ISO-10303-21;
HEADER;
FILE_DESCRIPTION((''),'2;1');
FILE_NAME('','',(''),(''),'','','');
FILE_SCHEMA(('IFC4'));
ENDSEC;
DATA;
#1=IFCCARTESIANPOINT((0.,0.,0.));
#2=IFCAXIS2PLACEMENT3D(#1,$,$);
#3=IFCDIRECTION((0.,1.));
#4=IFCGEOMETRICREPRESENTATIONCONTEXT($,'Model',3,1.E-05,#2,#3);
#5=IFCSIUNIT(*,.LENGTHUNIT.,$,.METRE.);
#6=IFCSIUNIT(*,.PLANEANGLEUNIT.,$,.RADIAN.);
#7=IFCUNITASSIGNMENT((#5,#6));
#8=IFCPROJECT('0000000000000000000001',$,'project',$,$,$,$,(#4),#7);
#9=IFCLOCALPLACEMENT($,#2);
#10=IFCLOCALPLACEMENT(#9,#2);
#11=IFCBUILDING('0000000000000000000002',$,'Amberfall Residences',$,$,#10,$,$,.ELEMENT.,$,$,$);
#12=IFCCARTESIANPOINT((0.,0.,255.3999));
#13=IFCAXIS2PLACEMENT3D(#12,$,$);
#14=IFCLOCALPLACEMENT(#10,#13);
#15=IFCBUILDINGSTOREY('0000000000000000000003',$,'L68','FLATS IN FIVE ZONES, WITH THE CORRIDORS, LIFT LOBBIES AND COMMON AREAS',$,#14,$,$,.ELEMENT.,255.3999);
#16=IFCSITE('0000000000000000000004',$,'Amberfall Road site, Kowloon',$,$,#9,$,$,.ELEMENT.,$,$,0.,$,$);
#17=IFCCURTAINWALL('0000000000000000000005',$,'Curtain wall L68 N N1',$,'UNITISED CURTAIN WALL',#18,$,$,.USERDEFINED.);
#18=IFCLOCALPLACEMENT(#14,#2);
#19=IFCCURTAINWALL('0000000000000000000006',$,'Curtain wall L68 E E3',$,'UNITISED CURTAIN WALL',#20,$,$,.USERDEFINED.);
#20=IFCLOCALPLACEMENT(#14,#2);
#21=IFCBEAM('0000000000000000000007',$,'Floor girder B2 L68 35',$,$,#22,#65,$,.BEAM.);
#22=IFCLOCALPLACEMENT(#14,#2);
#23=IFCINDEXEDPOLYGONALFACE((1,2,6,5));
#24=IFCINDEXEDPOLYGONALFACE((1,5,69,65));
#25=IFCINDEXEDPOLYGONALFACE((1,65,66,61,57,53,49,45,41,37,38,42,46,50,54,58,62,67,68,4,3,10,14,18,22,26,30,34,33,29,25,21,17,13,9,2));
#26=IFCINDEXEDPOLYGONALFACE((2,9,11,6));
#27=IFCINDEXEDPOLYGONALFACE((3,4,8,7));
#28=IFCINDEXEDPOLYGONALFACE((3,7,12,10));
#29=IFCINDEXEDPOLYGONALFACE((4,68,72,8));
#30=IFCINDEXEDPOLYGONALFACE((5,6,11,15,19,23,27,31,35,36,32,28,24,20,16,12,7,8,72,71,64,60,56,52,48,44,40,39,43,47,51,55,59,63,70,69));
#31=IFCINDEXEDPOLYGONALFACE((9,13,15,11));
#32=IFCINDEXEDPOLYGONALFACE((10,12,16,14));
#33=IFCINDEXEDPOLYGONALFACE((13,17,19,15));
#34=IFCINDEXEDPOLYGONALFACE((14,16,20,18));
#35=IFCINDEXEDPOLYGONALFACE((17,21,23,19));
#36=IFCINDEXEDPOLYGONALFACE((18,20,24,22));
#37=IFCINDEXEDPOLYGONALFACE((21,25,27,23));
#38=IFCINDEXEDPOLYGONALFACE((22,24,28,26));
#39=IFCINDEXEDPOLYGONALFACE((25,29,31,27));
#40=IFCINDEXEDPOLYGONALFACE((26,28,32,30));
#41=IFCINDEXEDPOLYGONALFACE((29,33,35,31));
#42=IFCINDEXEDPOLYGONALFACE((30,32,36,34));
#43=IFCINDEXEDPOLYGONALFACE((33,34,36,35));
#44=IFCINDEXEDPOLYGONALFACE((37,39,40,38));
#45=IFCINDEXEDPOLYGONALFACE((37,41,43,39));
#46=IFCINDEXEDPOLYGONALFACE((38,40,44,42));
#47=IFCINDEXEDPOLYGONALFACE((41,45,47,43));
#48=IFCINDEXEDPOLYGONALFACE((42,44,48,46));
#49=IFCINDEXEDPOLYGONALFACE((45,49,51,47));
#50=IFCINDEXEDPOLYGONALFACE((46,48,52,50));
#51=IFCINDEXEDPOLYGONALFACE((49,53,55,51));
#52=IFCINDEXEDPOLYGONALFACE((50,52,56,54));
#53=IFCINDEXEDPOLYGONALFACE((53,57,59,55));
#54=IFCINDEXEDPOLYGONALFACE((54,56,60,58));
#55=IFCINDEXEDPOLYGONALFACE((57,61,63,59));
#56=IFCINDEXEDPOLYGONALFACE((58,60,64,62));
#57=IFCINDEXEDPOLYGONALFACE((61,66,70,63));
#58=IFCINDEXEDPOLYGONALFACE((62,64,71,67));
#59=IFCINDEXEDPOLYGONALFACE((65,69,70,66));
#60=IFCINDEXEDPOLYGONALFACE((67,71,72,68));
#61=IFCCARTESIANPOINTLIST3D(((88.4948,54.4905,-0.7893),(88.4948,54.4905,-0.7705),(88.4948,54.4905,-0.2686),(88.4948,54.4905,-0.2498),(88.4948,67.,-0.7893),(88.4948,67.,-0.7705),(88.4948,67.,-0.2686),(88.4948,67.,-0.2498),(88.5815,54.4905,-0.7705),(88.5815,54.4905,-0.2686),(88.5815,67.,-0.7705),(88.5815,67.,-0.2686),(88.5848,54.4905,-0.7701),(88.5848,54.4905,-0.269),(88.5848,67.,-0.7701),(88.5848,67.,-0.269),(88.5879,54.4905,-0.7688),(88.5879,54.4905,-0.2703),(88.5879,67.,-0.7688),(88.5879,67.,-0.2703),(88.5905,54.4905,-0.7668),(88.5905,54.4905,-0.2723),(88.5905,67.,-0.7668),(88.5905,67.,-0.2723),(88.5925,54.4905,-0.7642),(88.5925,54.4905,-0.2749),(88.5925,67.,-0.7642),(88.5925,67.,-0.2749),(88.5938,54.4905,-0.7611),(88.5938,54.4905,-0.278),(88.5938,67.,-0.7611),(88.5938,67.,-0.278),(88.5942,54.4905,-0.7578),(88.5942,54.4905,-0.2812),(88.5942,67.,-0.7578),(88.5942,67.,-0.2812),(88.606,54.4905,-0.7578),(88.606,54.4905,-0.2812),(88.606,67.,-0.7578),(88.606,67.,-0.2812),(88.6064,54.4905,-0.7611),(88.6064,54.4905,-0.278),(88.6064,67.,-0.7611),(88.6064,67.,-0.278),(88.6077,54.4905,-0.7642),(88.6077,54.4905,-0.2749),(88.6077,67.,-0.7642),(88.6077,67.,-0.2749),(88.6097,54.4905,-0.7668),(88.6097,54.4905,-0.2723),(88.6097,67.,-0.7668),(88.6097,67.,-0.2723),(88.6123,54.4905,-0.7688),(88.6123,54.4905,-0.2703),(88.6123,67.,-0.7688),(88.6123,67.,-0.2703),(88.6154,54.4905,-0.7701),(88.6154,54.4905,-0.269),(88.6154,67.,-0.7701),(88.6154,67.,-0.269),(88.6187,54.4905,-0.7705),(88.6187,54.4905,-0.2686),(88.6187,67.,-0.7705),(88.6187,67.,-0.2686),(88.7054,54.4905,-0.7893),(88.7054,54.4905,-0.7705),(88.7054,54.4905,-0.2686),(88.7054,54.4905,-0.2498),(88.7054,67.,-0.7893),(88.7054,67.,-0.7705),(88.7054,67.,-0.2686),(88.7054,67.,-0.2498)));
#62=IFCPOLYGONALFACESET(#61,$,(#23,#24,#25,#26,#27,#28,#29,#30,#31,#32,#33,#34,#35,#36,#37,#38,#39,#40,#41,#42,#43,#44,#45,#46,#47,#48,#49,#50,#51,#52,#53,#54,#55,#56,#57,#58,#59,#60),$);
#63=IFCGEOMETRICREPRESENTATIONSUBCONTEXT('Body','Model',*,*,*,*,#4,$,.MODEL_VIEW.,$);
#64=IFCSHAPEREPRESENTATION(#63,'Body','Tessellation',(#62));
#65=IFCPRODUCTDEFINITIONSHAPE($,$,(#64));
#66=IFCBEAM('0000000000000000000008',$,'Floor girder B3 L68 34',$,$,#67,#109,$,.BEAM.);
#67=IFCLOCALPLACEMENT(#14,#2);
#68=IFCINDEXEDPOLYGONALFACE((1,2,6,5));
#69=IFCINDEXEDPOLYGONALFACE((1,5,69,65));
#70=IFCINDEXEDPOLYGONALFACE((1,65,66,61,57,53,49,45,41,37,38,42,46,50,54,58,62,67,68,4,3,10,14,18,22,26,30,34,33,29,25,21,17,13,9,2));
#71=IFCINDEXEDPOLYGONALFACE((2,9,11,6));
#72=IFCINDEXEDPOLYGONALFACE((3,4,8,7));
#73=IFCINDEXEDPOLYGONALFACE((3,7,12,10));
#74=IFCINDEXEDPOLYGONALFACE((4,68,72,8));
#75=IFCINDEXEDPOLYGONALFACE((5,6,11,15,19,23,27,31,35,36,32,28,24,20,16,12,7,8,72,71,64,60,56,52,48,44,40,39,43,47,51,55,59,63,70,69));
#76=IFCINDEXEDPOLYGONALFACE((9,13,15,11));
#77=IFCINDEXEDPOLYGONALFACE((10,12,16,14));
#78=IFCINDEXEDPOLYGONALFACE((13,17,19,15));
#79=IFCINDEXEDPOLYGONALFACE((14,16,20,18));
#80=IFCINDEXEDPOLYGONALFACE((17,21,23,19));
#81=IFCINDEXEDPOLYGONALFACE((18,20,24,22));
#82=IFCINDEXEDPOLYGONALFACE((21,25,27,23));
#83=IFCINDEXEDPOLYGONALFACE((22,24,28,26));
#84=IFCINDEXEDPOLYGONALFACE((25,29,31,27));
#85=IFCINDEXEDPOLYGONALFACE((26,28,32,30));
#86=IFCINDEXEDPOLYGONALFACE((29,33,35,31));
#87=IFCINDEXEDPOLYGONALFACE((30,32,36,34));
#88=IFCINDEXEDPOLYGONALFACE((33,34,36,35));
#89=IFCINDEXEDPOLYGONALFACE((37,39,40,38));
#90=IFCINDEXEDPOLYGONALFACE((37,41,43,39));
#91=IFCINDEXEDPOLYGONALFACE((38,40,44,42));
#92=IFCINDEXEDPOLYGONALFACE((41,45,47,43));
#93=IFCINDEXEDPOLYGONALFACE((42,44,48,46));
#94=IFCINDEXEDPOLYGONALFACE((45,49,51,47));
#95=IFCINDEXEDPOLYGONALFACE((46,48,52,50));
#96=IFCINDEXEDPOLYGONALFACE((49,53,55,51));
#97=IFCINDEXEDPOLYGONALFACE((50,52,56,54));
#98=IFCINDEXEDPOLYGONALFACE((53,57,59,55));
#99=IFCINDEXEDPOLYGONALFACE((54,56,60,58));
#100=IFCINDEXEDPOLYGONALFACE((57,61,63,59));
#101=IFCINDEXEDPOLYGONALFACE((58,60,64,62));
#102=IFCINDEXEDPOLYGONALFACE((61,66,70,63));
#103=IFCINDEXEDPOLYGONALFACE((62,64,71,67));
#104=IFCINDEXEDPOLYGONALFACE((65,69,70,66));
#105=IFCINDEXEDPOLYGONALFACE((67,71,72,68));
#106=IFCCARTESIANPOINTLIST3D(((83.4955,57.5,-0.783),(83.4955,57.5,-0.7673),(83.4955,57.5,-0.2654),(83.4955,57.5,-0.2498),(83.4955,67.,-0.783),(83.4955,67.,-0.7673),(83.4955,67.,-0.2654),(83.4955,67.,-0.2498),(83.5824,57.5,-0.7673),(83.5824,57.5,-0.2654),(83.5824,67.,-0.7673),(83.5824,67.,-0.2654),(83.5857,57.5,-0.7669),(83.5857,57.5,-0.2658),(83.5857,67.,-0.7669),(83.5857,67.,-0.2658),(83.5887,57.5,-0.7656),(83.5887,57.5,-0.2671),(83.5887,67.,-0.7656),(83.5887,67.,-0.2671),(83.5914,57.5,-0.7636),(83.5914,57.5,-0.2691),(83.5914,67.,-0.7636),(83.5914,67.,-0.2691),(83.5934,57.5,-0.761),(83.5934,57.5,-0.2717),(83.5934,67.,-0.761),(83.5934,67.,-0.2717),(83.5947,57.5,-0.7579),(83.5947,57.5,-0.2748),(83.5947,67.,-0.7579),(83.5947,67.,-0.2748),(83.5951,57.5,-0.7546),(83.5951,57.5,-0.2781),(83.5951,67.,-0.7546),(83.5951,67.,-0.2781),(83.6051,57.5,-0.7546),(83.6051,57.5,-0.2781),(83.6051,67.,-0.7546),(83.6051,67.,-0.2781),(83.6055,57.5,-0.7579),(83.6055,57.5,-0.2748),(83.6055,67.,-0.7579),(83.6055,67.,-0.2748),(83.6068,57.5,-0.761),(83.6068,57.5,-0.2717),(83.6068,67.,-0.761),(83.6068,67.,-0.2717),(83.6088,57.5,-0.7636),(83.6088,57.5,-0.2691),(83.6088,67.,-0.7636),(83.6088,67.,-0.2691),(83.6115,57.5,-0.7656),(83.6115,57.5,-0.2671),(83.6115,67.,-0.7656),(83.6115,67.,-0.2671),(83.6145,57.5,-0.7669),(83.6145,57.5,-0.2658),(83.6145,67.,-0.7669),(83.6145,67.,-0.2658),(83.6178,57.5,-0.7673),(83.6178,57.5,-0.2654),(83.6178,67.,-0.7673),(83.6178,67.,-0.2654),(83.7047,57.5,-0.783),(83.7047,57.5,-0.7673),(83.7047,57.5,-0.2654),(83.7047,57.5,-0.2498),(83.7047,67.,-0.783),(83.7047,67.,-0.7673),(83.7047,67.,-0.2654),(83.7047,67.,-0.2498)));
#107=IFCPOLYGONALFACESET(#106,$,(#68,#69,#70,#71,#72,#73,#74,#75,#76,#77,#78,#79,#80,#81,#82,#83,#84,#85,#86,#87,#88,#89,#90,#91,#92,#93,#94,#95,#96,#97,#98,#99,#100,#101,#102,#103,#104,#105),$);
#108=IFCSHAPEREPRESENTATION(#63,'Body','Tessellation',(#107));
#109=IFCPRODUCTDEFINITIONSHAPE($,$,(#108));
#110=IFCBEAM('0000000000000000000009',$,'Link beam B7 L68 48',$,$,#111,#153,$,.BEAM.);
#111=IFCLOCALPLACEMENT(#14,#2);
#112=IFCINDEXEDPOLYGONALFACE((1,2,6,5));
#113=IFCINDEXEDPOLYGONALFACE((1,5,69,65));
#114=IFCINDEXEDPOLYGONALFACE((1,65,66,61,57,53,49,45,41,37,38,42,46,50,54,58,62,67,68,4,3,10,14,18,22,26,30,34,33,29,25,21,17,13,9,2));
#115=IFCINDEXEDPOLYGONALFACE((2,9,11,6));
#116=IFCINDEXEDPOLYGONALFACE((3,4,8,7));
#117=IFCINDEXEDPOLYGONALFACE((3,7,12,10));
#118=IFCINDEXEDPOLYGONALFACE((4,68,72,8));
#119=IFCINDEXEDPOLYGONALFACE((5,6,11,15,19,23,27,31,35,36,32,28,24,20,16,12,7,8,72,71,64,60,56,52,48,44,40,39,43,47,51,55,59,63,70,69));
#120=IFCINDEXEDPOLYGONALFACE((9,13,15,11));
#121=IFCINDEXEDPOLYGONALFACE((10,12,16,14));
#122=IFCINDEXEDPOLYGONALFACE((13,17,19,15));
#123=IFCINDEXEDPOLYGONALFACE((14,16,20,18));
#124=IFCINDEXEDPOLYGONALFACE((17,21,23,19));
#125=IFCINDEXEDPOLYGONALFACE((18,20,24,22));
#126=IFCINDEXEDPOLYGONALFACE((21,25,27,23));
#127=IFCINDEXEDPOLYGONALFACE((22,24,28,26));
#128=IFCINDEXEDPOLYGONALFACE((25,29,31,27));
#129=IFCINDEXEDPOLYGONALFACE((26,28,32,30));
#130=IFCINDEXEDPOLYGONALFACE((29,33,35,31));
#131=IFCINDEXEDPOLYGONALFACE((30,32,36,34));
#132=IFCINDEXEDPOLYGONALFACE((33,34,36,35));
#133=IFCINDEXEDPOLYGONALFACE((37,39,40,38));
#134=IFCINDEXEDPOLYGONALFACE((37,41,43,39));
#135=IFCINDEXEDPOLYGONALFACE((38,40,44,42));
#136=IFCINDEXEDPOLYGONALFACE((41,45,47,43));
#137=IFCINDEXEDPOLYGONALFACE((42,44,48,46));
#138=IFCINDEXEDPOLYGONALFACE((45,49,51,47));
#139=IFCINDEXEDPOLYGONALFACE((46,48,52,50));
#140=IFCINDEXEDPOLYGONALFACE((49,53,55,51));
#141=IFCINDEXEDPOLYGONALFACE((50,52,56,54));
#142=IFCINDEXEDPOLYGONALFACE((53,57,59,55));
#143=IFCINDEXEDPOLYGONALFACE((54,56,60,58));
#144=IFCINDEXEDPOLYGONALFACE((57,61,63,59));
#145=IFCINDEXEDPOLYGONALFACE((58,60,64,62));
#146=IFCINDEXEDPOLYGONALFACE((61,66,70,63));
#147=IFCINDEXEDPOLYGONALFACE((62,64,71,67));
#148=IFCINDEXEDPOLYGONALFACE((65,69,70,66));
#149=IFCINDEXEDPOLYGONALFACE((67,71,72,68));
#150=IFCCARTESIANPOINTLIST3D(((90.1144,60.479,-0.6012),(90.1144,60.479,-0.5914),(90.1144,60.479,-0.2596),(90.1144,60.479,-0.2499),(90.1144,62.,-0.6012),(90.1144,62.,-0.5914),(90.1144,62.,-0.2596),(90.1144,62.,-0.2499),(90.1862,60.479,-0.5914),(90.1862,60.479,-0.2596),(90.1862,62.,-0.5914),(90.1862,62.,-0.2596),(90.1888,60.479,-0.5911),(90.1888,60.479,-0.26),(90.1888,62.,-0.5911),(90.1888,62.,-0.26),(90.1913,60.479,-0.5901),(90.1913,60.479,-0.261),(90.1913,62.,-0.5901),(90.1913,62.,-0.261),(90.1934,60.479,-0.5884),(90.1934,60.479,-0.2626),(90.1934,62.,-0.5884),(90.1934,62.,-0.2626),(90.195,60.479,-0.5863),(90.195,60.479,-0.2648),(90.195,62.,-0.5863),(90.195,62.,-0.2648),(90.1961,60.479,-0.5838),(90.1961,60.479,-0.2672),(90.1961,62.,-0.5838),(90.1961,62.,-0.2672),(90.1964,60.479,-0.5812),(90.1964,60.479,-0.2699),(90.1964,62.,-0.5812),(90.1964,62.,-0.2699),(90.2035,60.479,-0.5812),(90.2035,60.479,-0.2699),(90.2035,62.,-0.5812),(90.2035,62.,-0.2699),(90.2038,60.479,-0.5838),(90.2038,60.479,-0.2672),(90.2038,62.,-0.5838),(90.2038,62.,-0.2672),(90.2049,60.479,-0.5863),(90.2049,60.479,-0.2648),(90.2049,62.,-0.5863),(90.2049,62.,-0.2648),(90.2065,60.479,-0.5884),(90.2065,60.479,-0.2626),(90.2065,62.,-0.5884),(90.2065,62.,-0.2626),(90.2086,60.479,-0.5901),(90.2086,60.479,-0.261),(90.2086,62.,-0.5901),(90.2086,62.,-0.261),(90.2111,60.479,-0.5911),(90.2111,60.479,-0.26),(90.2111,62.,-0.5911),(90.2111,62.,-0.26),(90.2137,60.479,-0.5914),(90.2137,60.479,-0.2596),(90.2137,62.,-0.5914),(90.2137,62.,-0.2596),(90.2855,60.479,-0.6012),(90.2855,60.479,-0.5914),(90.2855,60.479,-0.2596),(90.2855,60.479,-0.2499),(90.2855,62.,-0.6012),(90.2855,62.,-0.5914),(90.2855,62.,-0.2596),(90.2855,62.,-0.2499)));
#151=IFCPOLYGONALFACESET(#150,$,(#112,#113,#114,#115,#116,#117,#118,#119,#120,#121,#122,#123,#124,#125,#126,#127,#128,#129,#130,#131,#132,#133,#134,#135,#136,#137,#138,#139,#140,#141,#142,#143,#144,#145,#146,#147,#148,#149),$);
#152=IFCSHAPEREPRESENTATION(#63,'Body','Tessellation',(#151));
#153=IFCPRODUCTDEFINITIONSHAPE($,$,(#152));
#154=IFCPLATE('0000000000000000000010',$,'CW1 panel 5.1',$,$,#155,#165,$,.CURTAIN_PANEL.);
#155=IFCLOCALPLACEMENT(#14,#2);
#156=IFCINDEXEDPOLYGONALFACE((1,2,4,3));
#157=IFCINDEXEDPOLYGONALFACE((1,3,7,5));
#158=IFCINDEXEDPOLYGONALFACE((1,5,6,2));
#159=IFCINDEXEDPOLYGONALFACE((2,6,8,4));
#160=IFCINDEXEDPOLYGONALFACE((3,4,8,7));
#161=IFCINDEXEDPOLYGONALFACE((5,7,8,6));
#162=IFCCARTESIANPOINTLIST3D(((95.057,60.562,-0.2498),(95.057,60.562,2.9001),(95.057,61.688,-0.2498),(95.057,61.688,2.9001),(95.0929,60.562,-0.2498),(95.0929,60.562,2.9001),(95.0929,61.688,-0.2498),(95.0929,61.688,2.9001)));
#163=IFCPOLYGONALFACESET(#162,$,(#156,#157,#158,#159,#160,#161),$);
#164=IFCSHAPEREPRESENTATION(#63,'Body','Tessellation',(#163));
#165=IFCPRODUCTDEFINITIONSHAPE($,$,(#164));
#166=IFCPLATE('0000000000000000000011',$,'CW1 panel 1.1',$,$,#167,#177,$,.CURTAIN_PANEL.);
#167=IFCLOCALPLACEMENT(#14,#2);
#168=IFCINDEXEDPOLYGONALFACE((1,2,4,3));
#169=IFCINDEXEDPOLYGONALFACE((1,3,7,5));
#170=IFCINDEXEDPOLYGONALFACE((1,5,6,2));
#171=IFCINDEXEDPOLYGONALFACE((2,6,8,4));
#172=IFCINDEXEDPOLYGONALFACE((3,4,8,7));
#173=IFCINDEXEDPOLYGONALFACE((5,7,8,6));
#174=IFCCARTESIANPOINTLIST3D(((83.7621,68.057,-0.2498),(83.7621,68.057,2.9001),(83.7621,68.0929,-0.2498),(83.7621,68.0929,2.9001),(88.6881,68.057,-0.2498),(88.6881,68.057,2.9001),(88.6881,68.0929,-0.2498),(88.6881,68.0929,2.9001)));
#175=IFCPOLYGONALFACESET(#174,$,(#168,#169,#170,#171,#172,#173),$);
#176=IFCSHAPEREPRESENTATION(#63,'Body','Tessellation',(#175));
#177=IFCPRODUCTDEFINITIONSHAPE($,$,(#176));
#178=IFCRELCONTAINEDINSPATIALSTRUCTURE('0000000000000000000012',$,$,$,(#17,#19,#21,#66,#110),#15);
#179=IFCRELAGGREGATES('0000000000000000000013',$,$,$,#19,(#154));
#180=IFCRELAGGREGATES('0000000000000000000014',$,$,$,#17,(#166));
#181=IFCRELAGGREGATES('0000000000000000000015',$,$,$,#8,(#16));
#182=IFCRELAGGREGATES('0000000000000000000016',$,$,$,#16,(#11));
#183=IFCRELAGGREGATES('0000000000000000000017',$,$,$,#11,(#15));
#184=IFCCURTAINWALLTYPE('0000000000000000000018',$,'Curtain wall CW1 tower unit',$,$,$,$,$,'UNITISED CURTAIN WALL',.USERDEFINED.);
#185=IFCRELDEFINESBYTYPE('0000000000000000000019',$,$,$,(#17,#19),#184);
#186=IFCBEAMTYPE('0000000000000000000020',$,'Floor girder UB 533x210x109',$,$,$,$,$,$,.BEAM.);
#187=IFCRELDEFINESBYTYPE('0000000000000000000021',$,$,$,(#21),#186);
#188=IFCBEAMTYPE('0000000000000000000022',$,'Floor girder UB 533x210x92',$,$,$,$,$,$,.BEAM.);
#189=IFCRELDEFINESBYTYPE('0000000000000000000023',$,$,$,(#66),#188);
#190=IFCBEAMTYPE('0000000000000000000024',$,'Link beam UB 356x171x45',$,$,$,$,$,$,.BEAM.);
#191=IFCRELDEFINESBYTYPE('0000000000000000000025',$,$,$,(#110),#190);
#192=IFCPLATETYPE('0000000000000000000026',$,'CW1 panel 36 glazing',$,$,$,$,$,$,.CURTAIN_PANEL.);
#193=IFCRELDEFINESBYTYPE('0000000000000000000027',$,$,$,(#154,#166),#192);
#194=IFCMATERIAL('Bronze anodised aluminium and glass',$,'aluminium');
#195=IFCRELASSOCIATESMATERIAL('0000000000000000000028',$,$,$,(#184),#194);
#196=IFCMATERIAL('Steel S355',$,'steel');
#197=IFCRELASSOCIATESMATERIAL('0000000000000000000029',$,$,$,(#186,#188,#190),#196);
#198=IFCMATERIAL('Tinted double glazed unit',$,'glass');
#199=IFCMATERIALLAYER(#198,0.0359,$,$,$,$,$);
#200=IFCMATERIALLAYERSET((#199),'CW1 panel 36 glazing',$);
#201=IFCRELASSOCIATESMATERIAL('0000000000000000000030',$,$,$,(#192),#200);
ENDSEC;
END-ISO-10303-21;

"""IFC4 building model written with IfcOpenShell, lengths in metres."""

from ifc_helpers import new_model, si_unit, direction, frame, origin, origin_2d, place, context, subcontext, project, spatial, rectangle, i_section, extrude, material, layer, layer_set, material_profile, profile_set, type_object, element, aggregate, save


model = new_model("IFC4")

# Units and contexts
model_context = context("Model", 3, precision=1e-05, world=origin(), true_north=direction((0.0, 1.0)))
body_context = subcontext(model_context, "Body", "Model", "MODEL_VIEW")
ifc_project = project(units=[si_unit("LENGTHUNIT", "METRE"), si_unit("PLANEANGLEUNIT", "RADIAN")], contexts=[model_context])

# Site, building, storey
site_placement = place(None, origin())
site = spatial("IfcSite", under=ifc_project, at=site_placement, Name="Amberfall Road site, Kowloon", CompositionType="ELEMENT", RefElevation=0.0)
building_placement = place(site_placement, origin())
building = spatial("IfcBuilding", under=site, at=building_placement, Name="Amberfall Residences", CompositionType="ELEMENT")
storey_placement = place(building_placement, frame((0.0, 0.0, 255.3999)))
storey = spatial("IfcBuildingStorey", under=building, at=storey_placement, Name="L68", Description="FLATS IN FIVE ZONES, WITH THE CORRIDORS, LIFT LOBBIES AND COMMON AREAS", CompositionType="ELEMENT", Elevation=255.3999)

# Curtain wall
ifc_material_1 = material(Name="Bronze anodised aluminium and glass", Category="aluminium")
curtain_wall_type = type_object("IfcCurtainWallType", Name="Curtain wall CW1 tower unit", ElementType="UNITISED CURTAIN WALL", PredefinedType="USERDEFINED", material=ifc_material_1)
curtain_wall_1_placement = place(storey_placement, origin())
curtain_wall_1 = element("IfcCurtainWall", 1, at=curtain_wall_1_placement, inside=storey, type_object=curtain_wall_type, Name="Curtain wall L68 N N1", ObjectType="UNITISED CURTAIN WALL", PredefinedType="USERDEFINED")

# Curtain wall
curtain_wall_2_placement = place(storey_placement, origin())
curtain_wall_2 = element("IfcCurtainWall", 2, at=curtain_wall_2_placement, inside=storey, type_object=curtain_wall_type, Name="Curtain wall L68 E E3", ObjectType="UNITISED CURTAIN WALL", PredefinedType="USERDEFINED")

# Shared definitions
ifc_material_2 = material(Name="Steel S355", Category="steel")

# Beams
ifc_material_profile_1 = material_profile(ifc_material_2, i_section(OverallWidth=0.2107, OverallDepth=0.5396, WebThickness=0.0117, FlangeThickness=0.0188, FilletRadius=0.0127, at=origin_2d()), Name="UB 533x210x109")
ifc_profile_set_1 = profile_set([ifc_material_profile_1], Name="Steel S355")
beam_type_1 = type_object("IfcBeamType", Name="Floor girder UB 533x210x109", PredefinedType="BEAM", material=ifc_profile_set_1)
beam_1_placement = place(storey_placement, frame((88.6001, 67.0, -0.5195), z_axis=(0.0, -1.0, 0.0), x_axis=(1.0, 0.0, 0.0)))
element("IfcBeam", 3, at=beam_1_placement, inside=storey, type_object=beam_type_1, Name="Floor girder B2 L68 35", PredefinedType="BEAM", context=body_context, shape_type="SweptSolid", body=[
    extrude(i_section(OverallWidth=0.2107, OverallDepth=0.5396, WebThickness=0.0117, FlangeThickness=0.0188, FilletRadius=0.0127, at=origin_2d()), origin(), (0.0, 0.0, 1.0), 12.5095),
])
ifc_material_profile_2 = material_profile(ifc_material_2, i_section(OverallWidth=0.2092, OverallDepth=0.5332, WebThickness=0.01, FlangeThickness=0.0156, FilletRadius=0.0127, at=origin_2d()), Name="UB 533x210x92")
ifc_profile_set_2 = profile_set([ifc_material_profile_2], Name="Steel S355")
beam_type_2 = type_object("IfcBeamType", Name="Floor girder UB 533x210x92", PredefinedType="BEAM", material=ifc_profile_set_2)
beam_2_placement = place(storey_placement, frame((83.6001, 67.0, -0.5164), z_axis=(0.0, -1.0, 0.0), x_axis=(1.0, 0.0, 0.0)))
element("IfcBeam", 4, at=beam_2_placement, inside=storey, type_object=beam_type_2, Name="Floor girder B3 L68 34", PredefinedType="BEAM", context=body_context, shape_type="SweptSolid", body=[
    extrude(i_section(OverallWidth=0.2092, OverallDepth=0.5332, WebThickness=0.01, FlangeThickness=0.0156, FilletRadius=0.0127, at=origin_2d()), origin(), (0.0, 0.0, 1.0), 9.5),
])
ifc_material_profile_3 = material_profile(ifc_material_2, i_section(OverallWidth=0.1711, OverallDepth=0.3513, WebThickness=0.0071, FlangeThickness=0.0098, FilletRadius=0.0103, at=origin_2d()), Name="UB 356x171x45")
ifc_profile_set_3 = profile_set([ifc_material_profile_3], Name="Steel S355")
beam_type_3 = type_object("IfcBeamType", Name="Link beam UB 356x171x45", PredefinedType="BEAM", material=ifc_profile_set_3)
beam_3_placement = place(storey_placement, frame((90.2, 62.0, -0.4255), z_axis=(0.0, -1.0, 0.0), x_axis=(1.0, 0.0, 0.0)))
element("IfcBeam", 5, at=beam_3_placement, inside=storey, type_object=beam_type_3, Name="Link beam B7 L68 48", PredefinedType="BEAM", context=body_context, shape_type="SweptSolid", body=[
    extrude(i_section(OverallWidth=0.1711, OverallDepth=0.3513, WebThickness=0.0071, FlangeThickness=0.0098, FilletRadius=0.0103, at=origin_2d()), origin(), (0.0, 0.0, 1.0), 1.521),
])

# Plates
ifc_material_3 = material(Name="Tinted double glazed unit", Category="glass")
ifc_layer_1 = layer(ifc_material_3, 0.0359)
ifc_layer_set_1 = layer_set([ifc_layer_1], Name="CW1 panel 36 glazing")
plate_type = type_object("IfcPlateType", Name="CW1 panel 36 glazing", PredefinedType="CURTAIN_PANEL", material=ifc_layer_set_1)
plate_1_placement = place(storey_placement, frame((95.075, 61.125, -0.2498), z_axis=(0.0, 0.0, 1.0), x_axis=(0.0, 1.0, 0.0)))
plate_1 = element("IfcPlate", 6, at=plate_1_placement, type_object=plate_type, Name="CW1 panel 5.1", PredefinedType="CURTAIN_PANEL", context=body_context, shape_type="SweptSolid", body=[
    extrude(rectangle(XDim=1.126, YDim=0.0359, at=origin_2d()), origin(), (0.0, 0.0, 1.0), 3.1499),
])
aggregate(curtain_wall_2, [plate_1])
plate_2_placement = place(storey_placement, frame((86.2251, 68.075, -0.2498), z_axis=(0.0, 0.0, 1.0), x_axis=(-1.0, 0.0, 0.0)))
plate_2 = element("IfcPlate", 7, at=plate_2_placement, type_object=plate_type, Name="CW1 panel 1.1", PredefinedType="CURTAIN_PANEL", context=body_context, shape_type="SweptSolid", body=[
    extrude(rectangle(XDim=4.926, YDim=0.0359, at=origin_2d()), origin(), (0.0, 0.0, 1.0), 3.1499),
])
aggregate(curtain_wall_1, [plate_2])

save(model, "model.ifc")
